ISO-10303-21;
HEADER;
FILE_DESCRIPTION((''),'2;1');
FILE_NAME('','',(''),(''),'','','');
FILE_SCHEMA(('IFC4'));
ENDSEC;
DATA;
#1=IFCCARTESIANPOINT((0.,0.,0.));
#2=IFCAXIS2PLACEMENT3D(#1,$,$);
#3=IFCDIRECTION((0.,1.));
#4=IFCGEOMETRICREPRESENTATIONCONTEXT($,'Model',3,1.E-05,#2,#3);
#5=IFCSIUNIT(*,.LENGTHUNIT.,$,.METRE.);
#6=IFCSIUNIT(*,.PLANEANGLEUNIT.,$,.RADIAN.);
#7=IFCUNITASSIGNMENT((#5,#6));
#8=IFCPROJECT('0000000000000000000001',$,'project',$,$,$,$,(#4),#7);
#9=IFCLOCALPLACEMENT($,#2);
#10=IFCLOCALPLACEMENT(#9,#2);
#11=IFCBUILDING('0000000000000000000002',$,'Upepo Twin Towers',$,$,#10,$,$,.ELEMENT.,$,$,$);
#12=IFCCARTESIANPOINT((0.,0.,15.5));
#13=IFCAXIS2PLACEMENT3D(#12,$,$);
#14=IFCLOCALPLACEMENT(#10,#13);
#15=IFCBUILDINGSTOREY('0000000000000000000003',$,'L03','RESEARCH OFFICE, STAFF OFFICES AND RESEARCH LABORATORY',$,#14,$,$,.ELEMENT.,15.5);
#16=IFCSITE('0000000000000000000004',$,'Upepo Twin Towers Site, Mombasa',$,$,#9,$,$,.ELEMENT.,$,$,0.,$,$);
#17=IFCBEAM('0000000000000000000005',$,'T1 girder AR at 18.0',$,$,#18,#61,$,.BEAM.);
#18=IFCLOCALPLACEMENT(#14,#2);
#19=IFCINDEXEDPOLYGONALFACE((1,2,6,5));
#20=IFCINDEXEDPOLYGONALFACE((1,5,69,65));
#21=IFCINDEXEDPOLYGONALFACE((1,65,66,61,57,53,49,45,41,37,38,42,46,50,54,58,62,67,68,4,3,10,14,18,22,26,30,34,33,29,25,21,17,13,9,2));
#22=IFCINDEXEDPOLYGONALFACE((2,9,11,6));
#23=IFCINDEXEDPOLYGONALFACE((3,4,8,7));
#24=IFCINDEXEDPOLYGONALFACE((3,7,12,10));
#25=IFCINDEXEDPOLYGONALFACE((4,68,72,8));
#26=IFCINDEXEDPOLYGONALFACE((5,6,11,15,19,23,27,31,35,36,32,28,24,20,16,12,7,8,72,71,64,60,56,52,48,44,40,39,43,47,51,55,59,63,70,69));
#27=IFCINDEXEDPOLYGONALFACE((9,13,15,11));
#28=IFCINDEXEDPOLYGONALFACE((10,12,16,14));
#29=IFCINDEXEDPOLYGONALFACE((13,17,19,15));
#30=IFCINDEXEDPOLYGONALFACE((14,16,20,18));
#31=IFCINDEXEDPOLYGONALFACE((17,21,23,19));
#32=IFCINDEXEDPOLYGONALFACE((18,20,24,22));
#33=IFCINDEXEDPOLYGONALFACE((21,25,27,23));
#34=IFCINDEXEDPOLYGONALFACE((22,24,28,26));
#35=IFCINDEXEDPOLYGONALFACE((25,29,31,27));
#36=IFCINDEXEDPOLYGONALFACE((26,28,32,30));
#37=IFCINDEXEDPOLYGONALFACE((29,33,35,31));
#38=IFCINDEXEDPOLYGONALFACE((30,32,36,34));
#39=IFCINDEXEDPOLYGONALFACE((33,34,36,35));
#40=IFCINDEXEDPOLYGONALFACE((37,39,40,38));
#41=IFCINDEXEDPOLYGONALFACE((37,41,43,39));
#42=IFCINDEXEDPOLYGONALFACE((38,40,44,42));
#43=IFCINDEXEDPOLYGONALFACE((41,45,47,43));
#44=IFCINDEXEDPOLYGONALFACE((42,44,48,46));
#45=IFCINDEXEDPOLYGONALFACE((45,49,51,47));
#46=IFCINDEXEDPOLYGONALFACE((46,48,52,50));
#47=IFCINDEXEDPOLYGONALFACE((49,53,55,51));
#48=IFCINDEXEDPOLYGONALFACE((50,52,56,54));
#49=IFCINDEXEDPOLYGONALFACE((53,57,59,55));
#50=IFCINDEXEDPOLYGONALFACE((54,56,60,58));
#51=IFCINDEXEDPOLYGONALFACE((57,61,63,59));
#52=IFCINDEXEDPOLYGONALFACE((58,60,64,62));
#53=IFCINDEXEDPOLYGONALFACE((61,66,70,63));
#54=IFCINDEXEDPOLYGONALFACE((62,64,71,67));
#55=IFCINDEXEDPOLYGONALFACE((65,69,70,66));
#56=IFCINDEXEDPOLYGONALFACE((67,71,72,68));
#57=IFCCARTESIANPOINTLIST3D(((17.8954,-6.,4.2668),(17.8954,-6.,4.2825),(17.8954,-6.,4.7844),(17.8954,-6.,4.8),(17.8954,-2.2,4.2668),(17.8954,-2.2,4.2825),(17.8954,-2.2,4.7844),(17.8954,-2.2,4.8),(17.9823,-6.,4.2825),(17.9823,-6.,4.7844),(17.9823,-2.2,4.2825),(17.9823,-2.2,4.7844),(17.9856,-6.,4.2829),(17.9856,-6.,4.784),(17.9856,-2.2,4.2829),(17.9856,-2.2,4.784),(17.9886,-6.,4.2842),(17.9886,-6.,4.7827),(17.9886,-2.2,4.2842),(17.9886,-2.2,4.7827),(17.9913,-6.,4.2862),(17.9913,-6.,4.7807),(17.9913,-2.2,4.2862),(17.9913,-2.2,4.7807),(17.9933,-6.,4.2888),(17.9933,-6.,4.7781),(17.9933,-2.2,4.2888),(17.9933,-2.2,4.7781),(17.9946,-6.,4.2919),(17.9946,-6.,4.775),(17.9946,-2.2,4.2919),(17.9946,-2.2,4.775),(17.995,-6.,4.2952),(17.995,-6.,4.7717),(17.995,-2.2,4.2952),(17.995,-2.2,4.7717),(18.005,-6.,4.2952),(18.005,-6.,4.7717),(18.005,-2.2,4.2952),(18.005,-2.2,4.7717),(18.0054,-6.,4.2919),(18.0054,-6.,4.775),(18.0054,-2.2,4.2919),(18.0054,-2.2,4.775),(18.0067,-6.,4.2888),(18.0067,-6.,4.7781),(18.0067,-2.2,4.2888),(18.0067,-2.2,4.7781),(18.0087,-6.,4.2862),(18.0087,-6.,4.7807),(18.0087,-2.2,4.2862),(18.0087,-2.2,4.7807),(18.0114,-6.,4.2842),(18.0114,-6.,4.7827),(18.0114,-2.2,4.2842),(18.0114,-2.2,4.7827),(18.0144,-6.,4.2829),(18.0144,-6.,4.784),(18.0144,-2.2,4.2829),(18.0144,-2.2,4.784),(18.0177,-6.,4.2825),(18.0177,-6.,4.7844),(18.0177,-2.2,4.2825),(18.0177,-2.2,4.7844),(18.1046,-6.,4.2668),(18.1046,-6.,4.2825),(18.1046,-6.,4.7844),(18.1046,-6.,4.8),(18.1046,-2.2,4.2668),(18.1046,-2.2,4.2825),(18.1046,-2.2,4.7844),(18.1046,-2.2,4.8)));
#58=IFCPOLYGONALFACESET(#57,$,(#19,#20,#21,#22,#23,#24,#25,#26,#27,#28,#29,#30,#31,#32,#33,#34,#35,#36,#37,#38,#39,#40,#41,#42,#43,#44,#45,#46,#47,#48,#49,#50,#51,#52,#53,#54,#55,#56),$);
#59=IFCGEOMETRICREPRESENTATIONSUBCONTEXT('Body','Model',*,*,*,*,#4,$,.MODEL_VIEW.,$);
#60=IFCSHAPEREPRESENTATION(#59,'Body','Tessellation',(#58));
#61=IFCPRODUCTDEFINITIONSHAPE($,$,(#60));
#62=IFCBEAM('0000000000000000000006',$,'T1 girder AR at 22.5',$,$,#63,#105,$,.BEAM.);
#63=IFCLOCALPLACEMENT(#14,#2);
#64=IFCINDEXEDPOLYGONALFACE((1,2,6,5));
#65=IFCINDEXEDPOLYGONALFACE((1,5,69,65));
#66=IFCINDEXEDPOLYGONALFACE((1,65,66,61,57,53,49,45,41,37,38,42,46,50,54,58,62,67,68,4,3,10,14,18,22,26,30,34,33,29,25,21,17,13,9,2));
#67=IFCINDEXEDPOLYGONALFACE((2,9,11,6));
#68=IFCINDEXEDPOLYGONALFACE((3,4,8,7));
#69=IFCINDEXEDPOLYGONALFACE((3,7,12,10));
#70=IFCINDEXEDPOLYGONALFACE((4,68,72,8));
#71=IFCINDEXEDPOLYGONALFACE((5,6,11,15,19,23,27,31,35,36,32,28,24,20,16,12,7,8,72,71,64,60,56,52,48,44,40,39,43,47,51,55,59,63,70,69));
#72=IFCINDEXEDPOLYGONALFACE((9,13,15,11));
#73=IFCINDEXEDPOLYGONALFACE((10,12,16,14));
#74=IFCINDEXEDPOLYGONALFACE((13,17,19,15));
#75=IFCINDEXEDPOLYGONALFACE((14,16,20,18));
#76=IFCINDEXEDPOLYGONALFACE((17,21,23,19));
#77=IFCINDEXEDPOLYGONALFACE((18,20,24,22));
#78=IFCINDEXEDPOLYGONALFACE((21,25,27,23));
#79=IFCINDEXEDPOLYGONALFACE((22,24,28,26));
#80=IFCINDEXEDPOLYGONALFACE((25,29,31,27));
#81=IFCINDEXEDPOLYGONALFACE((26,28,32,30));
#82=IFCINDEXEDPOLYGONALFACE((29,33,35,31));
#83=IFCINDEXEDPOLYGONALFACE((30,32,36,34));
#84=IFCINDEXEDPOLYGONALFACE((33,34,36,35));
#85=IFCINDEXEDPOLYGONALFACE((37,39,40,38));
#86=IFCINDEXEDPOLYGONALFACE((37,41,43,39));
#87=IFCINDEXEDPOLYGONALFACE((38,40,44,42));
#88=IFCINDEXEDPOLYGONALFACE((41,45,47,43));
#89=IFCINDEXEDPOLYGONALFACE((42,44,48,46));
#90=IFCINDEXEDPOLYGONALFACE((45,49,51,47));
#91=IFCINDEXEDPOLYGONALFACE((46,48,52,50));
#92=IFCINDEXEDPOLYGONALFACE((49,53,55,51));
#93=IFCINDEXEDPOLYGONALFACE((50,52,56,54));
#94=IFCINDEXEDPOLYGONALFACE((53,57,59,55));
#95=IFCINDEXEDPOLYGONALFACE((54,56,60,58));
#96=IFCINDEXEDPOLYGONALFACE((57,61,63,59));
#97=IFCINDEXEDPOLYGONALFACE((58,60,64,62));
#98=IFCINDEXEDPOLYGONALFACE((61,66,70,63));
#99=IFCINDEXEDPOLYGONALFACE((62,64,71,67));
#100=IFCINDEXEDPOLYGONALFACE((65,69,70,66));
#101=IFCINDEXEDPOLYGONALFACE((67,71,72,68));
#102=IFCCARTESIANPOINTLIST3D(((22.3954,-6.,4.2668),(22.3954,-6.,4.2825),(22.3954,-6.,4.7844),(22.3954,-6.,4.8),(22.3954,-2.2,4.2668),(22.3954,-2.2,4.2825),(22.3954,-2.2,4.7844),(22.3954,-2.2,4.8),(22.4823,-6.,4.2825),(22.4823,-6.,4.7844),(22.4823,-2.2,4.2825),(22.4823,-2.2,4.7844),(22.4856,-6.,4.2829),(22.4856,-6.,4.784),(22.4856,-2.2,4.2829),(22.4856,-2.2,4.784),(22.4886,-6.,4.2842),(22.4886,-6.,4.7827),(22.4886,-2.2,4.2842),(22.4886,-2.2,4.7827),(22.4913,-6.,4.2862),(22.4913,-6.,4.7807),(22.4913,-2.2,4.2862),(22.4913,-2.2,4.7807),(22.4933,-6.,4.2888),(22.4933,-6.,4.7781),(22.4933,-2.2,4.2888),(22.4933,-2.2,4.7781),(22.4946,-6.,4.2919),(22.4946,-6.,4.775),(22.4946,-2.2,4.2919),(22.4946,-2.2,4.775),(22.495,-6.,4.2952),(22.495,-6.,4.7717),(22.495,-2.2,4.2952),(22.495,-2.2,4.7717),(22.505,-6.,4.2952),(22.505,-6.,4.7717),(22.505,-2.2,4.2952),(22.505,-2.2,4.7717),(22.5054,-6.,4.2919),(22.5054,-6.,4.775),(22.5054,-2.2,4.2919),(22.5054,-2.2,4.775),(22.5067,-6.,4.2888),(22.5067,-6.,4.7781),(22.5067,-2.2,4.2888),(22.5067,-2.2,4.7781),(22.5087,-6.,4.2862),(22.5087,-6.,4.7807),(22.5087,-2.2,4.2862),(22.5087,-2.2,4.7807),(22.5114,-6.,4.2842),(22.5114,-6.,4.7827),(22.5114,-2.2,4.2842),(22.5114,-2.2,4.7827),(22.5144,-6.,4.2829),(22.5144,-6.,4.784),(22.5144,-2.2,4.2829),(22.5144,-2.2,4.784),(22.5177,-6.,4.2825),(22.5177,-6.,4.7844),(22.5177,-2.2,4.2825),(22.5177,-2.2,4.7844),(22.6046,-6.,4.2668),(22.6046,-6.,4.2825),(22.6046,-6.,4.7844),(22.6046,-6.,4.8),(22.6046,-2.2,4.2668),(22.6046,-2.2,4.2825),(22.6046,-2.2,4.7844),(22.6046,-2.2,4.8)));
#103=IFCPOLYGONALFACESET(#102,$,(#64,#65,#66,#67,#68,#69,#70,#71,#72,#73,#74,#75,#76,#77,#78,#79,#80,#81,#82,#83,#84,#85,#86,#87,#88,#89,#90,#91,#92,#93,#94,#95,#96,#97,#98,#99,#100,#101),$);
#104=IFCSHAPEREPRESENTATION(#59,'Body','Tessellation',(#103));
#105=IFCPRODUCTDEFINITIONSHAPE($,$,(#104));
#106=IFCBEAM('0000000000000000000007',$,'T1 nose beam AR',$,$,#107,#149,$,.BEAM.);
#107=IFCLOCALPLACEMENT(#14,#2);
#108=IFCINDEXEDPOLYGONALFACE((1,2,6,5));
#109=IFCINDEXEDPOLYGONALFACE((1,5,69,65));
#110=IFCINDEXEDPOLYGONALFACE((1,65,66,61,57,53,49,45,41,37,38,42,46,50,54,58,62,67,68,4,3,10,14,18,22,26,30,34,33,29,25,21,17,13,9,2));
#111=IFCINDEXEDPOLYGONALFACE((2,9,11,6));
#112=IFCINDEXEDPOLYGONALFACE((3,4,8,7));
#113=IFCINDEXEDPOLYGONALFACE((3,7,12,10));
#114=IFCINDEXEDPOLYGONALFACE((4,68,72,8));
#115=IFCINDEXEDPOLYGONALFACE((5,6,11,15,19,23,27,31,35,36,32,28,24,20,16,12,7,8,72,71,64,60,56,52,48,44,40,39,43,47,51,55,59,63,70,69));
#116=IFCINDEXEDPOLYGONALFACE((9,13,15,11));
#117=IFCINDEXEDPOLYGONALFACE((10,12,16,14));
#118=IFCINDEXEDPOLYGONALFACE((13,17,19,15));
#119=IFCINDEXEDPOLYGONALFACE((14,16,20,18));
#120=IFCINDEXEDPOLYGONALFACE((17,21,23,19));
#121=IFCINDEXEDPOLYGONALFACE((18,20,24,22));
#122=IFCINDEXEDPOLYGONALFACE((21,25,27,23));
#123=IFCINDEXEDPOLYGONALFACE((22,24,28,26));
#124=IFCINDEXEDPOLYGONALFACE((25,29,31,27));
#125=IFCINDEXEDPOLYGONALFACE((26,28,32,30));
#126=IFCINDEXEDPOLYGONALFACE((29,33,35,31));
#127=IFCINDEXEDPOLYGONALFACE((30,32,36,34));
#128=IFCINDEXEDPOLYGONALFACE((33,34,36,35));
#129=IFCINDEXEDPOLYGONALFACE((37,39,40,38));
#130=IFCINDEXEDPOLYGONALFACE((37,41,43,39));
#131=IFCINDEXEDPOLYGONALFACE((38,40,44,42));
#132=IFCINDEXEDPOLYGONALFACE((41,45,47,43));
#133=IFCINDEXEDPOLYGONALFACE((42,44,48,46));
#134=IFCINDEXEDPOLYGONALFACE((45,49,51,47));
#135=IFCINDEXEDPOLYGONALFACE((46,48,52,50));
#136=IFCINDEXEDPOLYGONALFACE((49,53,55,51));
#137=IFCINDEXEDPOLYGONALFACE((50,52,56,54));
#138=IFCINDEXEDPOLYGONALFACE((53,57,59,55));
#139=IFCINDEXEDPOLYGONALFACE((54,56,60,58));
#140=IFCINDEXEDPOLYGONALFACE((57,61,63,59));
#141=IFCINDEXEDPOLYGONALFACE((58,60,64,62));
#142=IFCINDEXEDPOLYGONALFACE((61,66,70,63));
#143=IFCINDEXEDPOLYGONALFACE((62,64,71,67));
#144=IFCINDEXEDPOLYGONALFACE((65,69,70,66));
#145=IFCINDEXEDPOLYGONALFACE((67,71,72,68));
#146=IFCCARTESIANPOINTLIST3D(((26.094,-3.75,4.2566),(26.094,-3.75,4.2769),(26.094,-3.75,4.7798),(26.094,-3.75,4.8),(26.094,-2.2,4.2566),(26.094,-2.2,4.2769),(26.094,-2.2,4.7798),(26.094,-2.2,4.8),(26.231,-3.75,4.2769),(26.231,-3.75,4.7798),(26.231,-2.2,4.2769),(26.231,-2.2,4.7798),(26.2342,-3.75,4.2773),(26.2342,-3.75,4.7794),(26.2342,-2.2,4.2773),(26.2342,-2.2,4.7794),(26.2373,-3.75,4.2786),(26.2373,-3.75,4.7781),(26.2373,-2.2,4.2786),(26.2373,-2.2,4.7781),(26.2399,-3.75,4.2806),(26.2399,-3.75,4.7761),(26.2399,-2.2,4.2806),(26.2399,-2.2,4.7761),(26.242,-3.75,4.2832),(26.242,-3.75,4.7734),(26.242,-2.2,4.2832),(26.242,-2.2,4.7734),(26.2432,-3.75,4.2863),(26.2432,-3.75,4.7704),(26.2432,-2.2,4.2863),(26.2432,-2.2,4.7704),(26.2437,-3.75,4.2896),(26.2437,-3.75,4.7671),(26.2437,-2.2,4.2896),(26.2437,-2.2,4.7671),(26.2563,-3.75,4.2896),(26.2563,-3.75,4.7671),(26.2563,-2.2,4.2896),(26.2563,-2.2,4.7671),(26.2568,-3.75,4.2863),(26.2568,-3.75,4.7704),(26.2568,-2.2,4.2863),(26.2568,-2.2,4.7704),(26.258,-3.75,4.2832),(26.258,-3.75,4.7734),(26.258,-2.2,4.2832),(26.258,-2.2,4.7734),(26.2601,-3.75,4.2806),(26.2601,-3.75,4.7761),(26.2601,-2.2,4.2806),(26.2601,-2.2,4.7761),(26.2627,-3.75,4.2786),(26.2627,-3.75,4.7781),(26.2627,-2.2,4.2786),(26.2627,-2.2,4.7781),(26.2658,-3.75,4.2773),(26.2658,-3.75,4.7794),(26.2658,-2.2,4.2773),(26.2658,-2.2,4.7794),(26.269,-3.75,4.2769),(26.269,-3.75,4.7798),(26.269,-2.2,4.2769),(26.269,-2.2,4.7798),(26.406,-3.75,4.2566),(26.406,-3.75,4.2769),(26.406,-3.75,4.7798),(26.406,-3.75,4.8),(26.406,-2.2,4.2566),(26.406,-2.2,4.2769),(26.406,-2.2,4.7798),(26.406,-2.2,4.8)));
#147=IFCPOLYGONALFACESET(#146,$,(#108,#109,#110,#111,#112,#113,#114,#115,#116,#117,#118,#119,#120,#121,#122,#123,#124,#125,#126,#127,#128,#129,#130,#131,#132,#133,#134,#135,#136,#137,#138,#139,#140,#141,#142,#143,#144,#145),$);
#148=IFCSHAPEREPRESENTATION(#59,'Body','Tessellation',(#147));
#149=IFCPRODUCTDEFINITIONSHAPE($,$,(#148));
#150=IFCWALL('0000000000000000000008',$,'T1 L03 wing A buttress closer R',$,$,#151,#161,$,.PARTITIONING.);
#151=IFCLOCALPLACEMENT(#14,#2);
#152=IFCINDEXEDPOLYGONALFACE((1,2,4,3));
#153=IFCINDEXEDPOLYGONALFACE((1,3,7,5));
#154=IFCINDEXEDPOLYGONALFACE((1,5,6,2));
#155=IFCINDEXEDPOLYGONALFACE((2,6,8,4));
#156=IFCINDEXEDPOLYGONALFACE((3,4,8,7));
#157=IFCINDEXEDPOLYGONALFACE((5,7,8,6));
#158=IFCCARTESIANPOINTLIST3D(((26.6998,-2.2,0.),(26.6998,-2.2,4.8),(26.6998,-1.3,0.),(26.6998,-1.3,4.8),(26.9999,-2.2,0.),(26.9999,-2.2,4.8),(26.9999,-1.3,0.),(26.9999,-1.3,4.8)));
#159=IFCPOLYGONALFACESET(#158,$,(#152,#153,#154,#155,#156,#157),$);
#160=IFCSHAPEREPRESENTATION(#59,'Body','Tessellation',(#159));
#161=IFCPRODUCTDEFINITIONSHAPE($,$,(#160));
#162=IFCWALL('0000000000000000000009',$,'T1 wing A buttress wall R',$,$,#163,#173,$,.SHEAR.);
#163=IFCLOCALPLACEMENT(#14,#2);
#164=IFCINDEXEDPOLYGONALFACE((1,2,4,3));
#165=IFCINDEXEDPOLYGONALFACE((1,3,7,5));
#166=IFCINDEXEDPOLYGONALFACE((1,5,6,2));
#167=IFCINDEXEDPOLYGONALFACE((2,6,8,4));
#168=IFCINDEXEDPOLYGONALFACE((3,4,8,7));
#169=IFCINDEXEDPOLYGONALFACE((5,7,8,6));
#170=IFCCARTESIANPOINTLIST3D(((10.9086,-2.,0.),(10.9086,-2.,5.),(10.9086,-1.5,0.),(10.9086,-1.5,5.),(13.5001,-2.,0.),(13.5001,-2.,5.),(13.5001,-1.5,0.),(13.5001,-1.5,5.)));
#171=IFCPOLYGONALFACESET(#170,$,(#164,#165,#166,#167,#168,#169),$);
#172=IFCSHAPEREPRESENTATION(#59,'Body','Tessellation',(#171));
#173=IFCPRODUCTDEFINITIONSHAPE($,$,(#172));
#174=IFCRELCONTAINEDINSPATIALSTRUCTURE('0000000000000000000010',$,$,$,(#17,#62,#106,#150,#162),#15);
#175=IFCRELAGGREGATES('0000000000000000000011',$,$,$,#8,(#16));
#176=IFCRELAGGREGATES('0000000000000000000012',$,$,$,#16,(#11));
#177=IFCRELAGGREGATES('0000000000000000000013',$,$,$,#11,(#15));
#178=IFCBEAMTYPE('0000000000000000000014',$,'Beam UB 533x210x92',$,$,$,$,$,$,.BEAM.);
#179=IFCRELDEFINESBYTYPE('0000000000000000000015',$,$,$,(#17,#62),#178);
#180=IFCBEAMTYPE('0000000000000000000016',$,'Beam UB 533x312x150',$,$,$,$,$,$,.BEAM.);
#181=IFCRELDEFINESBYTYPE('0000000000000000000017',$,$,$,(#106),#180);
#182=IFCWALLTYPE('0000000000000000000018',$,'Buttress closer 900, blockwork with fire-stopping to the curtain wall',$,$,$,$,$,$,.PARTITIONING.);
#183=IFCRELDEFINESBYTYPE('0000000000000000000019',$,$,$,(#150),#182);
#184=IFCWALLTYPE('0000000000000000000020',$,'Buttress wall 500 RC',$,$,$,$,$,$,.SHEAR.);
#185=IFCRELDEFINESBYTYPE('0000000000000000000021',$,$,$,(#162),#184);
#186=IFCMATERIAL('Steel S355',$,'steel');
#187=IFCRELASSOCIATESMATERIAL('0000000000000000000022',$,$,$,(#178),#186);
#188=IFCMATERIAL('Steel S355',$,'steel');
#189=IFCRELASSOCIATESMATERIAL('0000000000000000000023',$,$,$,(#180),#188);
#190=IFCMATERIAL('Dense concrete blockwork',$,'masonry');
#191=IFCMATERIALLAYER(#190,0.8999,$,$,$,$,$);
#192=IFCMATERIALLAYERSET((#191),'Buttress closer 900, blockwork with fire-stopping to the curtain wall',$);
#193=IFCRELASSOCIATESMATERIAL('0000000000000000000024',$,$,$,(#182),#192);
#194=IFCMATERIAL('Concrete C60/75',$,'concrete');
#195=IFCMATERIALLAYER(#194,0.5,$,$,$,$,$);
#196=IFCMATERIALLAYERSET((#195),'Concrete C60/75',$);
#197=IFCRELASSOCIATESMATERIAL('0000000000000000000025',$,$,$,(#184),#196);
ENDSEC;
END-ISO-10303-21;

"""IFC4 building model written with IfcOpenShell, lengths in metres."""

from ifc_helpers import new_model, si_unit, direction, frame, frame_2d, origin, origin_2d, place, context, subcontext, project, spatial, rectangle, i_section, extrude, material, layer, layer_set, material_profile, profile_set, type_object, element, save


model = new_model("IFC4")

# Units and contexts
model_context = context("Model", 3, precision=1e-05, world=origin(), true_north=direction((0.0, 1.0)))
body_context = subcontext(model_context, "Body", "Model", "MODEL_VIEW")
ifc_project = project(units=[si_unit("LENGTHUNIT", "METRE"), si_unit("PLANEANGLEUNIT", "RADIAN")], contexts=[model_context])

# Site, building, storey
site_placement = place(None, origin())
site = spatial("IfcSite", under=ifc_project, at=site_placement, Name="Upepo Twin Towers Site, Mombasa", CompositionType="ELEMENT", RefElevation=0.0)
building_placement = place(site_placement, origin())
building = spatial("IfcBuilding", under=site, at=building_placement, Name="Upepo Twin Towers", CompositionType="ELEMENT")
storey_placement = place(building_placement, frame((0.0, 0.0, 15.5)))
storey = spatial("IfcBuildingStorey", under=building, at=storey_placement, Name="L03", Description="RESEARCH OFFICE, STAFF OFFICES AND RESEARCH LABORATORY", CompositionType="ELEMENT", Elevation=15.5)

# Beams
ifc_material_1 = material(Name="Steel S355", Category="steel")
ifc_material_profile_1 = material_profile(ifc_material_1, i_section(OverallWidth=0.2092, OverallDepth=0.5332, WebThickness=0.01, FlangeThickness=0.0156, FilletRadius=0.0127, at=origin_2d()), Name="UB 533x210x92")
ifc_profile_set_1 = profile_set([ifc_material_profile_1], Name="Steel S355")
beam_type_1 = type_object("IfcBeamType", Name="Beam UB 533x210x92", PredefinedType="BEAM", material=ifc_profile_set_1)
for number, where, z_axis, x_axis, name in (
    (1, (18.0, -6.0, 4.5334), (0.0, 1.0, 0.0), (-1.0, 0.0, 0.0), "T1 girder AR at 18.0"),
    (2, (22.5, -6.0, 4.5334), (0.0, 1.0, 0.0), (-1.0, 0.0, 0.0), "T1 girder AR at 22.5"),
):
    element("IfcBeam", number, at=place(storey_placement, frame(where, z_axis=z_axis, x_axis=x_axis)), inside=storey, type_object=beam_type_1, Name=name, PredefinedType="BEAM", context=body_context, shape_type="SweptSolid", body=[
        extrude(i_section(OverallWidth=0.2092, OverallDepth=0.5332, WebThickness=0.01, FlangeThickness=0.0156, FilletRadius=0.0127, at=origin_2d()), origin(), (0.0, 0.0, 1.0), 3.8),
    ])
ifc_material_2 = material(Name="Steel S355", Category="steel")
ifc_material_profile_2 = material_profile(ifc_material_2, i_section(OverallWidth=0.312, OverallDepth=0.5435, WebThickness=0.0127, FlangeThickness=0.0203, FilletRadius=0.0127, at=origin_2d()), Name="UB 533x312x150")
ifc_profile_set_2 = profile_set([ifc_material_profile_2], Name="Steel S355")
beam_type_2 = type_object("IfcBeamType", Name="Beam UB 533x312x150", PredefinedType="BEAM", material=ifc_profile_set_2)
beam_1_placement = place(storey_placement, frame((26.25, -3.75, 4.5283), z_axis=(0.0, 1.0, 0.0), x_axis=(-1.0, 0.0, 0.0)))
element("IfcBeam", 3, at=beam_1_placement, inside=storey, type_object=beam_type_2, Name="T1 nose beam AR", PredefinedType="BEAM", context=body_context, shape_type="SweptSolid", body=[
    extrude(i_section(OverallWidth=0.312, OverallDepth=0.5435, WebThickness=0.0127, FlangeThickness=0.0203, FilletRadius=0.0127, at=origin_2d()), origin(), (0.0, 0.0, 1.0), 1.55),
])

# Walls
ifc_material_3 = material(Name="Dense concrete blockwork", Category="masonry")
ifc_layer_1 = layer(ifc_material_3, 0.8999)
ifc_layer_set_1 = layer_set([ifc_layer_1], Name="Buttress closer 900, blockwork with fire-stopping to the curtain wall")
wall_type_1 = type_object("IfcWallType", Name="Buttress closer 900, blockwork with fire-stopping to the curtain wall", PredefinedType="PARTITIONING", material=ifc_layer_set_1)
wall_1_placement = place(storey_placement, frame((26.7, -1.75, 0.0), z_axis=(0.0, 0.0, 1.0), x_axis=(1.0, 0.0, 0.0)))
element("IfcWall", 4, at=wall_1_placement, inside=storey, type_object=wall_type_1, Name="T1 L03 wing A buttress closer R", PredefinedType="PARTITIONING", context=body_context, shape_type="SweptSolid", body=[
    extrude(rectangle(XDim=0.3, YDim=0.8999, at=frame_2d((0.1499, 0.0))), origin(), (0.0, 0.0, 1.0), 4.8),
])
ifc_material_4 = material(Name="Concrete C60/75", Category="concrete")
ifc_layer_2 = layer(ifc_material_4, 0.5)
ifc_layer_set_2 = layer_set([ifc_layer_2], Name="Concrete C60/75")
wall_type_2 = type_object("IfcWallType", Name="Buttress wall 500 RC", PredefinedType="SHEAR", material=ifc_layer_set_2)
wall_2_placement = place(storey_placement, frame((10.9084, -1.75, 0.0), z_axis=(0.0, 0.0, 1.0), x_axis=(1.0, 0.0, 0.0)))
element("IfcWall", 5, at=wall_2_placement, inside=storey, type_object=wall_type_2, Name="T1 wing A buttress wall R", PredefinedType="SHEAR", context=body_context, shape_type="SweptSolid", body=[
    extrude(rectangle(XDim=2.5916, YDim=0.5, at=frame_2d((1.2959, 0.0))), origin(), (0.0, 0.0, 1.0), 5.0),
])

save(model, "model.ifc")
